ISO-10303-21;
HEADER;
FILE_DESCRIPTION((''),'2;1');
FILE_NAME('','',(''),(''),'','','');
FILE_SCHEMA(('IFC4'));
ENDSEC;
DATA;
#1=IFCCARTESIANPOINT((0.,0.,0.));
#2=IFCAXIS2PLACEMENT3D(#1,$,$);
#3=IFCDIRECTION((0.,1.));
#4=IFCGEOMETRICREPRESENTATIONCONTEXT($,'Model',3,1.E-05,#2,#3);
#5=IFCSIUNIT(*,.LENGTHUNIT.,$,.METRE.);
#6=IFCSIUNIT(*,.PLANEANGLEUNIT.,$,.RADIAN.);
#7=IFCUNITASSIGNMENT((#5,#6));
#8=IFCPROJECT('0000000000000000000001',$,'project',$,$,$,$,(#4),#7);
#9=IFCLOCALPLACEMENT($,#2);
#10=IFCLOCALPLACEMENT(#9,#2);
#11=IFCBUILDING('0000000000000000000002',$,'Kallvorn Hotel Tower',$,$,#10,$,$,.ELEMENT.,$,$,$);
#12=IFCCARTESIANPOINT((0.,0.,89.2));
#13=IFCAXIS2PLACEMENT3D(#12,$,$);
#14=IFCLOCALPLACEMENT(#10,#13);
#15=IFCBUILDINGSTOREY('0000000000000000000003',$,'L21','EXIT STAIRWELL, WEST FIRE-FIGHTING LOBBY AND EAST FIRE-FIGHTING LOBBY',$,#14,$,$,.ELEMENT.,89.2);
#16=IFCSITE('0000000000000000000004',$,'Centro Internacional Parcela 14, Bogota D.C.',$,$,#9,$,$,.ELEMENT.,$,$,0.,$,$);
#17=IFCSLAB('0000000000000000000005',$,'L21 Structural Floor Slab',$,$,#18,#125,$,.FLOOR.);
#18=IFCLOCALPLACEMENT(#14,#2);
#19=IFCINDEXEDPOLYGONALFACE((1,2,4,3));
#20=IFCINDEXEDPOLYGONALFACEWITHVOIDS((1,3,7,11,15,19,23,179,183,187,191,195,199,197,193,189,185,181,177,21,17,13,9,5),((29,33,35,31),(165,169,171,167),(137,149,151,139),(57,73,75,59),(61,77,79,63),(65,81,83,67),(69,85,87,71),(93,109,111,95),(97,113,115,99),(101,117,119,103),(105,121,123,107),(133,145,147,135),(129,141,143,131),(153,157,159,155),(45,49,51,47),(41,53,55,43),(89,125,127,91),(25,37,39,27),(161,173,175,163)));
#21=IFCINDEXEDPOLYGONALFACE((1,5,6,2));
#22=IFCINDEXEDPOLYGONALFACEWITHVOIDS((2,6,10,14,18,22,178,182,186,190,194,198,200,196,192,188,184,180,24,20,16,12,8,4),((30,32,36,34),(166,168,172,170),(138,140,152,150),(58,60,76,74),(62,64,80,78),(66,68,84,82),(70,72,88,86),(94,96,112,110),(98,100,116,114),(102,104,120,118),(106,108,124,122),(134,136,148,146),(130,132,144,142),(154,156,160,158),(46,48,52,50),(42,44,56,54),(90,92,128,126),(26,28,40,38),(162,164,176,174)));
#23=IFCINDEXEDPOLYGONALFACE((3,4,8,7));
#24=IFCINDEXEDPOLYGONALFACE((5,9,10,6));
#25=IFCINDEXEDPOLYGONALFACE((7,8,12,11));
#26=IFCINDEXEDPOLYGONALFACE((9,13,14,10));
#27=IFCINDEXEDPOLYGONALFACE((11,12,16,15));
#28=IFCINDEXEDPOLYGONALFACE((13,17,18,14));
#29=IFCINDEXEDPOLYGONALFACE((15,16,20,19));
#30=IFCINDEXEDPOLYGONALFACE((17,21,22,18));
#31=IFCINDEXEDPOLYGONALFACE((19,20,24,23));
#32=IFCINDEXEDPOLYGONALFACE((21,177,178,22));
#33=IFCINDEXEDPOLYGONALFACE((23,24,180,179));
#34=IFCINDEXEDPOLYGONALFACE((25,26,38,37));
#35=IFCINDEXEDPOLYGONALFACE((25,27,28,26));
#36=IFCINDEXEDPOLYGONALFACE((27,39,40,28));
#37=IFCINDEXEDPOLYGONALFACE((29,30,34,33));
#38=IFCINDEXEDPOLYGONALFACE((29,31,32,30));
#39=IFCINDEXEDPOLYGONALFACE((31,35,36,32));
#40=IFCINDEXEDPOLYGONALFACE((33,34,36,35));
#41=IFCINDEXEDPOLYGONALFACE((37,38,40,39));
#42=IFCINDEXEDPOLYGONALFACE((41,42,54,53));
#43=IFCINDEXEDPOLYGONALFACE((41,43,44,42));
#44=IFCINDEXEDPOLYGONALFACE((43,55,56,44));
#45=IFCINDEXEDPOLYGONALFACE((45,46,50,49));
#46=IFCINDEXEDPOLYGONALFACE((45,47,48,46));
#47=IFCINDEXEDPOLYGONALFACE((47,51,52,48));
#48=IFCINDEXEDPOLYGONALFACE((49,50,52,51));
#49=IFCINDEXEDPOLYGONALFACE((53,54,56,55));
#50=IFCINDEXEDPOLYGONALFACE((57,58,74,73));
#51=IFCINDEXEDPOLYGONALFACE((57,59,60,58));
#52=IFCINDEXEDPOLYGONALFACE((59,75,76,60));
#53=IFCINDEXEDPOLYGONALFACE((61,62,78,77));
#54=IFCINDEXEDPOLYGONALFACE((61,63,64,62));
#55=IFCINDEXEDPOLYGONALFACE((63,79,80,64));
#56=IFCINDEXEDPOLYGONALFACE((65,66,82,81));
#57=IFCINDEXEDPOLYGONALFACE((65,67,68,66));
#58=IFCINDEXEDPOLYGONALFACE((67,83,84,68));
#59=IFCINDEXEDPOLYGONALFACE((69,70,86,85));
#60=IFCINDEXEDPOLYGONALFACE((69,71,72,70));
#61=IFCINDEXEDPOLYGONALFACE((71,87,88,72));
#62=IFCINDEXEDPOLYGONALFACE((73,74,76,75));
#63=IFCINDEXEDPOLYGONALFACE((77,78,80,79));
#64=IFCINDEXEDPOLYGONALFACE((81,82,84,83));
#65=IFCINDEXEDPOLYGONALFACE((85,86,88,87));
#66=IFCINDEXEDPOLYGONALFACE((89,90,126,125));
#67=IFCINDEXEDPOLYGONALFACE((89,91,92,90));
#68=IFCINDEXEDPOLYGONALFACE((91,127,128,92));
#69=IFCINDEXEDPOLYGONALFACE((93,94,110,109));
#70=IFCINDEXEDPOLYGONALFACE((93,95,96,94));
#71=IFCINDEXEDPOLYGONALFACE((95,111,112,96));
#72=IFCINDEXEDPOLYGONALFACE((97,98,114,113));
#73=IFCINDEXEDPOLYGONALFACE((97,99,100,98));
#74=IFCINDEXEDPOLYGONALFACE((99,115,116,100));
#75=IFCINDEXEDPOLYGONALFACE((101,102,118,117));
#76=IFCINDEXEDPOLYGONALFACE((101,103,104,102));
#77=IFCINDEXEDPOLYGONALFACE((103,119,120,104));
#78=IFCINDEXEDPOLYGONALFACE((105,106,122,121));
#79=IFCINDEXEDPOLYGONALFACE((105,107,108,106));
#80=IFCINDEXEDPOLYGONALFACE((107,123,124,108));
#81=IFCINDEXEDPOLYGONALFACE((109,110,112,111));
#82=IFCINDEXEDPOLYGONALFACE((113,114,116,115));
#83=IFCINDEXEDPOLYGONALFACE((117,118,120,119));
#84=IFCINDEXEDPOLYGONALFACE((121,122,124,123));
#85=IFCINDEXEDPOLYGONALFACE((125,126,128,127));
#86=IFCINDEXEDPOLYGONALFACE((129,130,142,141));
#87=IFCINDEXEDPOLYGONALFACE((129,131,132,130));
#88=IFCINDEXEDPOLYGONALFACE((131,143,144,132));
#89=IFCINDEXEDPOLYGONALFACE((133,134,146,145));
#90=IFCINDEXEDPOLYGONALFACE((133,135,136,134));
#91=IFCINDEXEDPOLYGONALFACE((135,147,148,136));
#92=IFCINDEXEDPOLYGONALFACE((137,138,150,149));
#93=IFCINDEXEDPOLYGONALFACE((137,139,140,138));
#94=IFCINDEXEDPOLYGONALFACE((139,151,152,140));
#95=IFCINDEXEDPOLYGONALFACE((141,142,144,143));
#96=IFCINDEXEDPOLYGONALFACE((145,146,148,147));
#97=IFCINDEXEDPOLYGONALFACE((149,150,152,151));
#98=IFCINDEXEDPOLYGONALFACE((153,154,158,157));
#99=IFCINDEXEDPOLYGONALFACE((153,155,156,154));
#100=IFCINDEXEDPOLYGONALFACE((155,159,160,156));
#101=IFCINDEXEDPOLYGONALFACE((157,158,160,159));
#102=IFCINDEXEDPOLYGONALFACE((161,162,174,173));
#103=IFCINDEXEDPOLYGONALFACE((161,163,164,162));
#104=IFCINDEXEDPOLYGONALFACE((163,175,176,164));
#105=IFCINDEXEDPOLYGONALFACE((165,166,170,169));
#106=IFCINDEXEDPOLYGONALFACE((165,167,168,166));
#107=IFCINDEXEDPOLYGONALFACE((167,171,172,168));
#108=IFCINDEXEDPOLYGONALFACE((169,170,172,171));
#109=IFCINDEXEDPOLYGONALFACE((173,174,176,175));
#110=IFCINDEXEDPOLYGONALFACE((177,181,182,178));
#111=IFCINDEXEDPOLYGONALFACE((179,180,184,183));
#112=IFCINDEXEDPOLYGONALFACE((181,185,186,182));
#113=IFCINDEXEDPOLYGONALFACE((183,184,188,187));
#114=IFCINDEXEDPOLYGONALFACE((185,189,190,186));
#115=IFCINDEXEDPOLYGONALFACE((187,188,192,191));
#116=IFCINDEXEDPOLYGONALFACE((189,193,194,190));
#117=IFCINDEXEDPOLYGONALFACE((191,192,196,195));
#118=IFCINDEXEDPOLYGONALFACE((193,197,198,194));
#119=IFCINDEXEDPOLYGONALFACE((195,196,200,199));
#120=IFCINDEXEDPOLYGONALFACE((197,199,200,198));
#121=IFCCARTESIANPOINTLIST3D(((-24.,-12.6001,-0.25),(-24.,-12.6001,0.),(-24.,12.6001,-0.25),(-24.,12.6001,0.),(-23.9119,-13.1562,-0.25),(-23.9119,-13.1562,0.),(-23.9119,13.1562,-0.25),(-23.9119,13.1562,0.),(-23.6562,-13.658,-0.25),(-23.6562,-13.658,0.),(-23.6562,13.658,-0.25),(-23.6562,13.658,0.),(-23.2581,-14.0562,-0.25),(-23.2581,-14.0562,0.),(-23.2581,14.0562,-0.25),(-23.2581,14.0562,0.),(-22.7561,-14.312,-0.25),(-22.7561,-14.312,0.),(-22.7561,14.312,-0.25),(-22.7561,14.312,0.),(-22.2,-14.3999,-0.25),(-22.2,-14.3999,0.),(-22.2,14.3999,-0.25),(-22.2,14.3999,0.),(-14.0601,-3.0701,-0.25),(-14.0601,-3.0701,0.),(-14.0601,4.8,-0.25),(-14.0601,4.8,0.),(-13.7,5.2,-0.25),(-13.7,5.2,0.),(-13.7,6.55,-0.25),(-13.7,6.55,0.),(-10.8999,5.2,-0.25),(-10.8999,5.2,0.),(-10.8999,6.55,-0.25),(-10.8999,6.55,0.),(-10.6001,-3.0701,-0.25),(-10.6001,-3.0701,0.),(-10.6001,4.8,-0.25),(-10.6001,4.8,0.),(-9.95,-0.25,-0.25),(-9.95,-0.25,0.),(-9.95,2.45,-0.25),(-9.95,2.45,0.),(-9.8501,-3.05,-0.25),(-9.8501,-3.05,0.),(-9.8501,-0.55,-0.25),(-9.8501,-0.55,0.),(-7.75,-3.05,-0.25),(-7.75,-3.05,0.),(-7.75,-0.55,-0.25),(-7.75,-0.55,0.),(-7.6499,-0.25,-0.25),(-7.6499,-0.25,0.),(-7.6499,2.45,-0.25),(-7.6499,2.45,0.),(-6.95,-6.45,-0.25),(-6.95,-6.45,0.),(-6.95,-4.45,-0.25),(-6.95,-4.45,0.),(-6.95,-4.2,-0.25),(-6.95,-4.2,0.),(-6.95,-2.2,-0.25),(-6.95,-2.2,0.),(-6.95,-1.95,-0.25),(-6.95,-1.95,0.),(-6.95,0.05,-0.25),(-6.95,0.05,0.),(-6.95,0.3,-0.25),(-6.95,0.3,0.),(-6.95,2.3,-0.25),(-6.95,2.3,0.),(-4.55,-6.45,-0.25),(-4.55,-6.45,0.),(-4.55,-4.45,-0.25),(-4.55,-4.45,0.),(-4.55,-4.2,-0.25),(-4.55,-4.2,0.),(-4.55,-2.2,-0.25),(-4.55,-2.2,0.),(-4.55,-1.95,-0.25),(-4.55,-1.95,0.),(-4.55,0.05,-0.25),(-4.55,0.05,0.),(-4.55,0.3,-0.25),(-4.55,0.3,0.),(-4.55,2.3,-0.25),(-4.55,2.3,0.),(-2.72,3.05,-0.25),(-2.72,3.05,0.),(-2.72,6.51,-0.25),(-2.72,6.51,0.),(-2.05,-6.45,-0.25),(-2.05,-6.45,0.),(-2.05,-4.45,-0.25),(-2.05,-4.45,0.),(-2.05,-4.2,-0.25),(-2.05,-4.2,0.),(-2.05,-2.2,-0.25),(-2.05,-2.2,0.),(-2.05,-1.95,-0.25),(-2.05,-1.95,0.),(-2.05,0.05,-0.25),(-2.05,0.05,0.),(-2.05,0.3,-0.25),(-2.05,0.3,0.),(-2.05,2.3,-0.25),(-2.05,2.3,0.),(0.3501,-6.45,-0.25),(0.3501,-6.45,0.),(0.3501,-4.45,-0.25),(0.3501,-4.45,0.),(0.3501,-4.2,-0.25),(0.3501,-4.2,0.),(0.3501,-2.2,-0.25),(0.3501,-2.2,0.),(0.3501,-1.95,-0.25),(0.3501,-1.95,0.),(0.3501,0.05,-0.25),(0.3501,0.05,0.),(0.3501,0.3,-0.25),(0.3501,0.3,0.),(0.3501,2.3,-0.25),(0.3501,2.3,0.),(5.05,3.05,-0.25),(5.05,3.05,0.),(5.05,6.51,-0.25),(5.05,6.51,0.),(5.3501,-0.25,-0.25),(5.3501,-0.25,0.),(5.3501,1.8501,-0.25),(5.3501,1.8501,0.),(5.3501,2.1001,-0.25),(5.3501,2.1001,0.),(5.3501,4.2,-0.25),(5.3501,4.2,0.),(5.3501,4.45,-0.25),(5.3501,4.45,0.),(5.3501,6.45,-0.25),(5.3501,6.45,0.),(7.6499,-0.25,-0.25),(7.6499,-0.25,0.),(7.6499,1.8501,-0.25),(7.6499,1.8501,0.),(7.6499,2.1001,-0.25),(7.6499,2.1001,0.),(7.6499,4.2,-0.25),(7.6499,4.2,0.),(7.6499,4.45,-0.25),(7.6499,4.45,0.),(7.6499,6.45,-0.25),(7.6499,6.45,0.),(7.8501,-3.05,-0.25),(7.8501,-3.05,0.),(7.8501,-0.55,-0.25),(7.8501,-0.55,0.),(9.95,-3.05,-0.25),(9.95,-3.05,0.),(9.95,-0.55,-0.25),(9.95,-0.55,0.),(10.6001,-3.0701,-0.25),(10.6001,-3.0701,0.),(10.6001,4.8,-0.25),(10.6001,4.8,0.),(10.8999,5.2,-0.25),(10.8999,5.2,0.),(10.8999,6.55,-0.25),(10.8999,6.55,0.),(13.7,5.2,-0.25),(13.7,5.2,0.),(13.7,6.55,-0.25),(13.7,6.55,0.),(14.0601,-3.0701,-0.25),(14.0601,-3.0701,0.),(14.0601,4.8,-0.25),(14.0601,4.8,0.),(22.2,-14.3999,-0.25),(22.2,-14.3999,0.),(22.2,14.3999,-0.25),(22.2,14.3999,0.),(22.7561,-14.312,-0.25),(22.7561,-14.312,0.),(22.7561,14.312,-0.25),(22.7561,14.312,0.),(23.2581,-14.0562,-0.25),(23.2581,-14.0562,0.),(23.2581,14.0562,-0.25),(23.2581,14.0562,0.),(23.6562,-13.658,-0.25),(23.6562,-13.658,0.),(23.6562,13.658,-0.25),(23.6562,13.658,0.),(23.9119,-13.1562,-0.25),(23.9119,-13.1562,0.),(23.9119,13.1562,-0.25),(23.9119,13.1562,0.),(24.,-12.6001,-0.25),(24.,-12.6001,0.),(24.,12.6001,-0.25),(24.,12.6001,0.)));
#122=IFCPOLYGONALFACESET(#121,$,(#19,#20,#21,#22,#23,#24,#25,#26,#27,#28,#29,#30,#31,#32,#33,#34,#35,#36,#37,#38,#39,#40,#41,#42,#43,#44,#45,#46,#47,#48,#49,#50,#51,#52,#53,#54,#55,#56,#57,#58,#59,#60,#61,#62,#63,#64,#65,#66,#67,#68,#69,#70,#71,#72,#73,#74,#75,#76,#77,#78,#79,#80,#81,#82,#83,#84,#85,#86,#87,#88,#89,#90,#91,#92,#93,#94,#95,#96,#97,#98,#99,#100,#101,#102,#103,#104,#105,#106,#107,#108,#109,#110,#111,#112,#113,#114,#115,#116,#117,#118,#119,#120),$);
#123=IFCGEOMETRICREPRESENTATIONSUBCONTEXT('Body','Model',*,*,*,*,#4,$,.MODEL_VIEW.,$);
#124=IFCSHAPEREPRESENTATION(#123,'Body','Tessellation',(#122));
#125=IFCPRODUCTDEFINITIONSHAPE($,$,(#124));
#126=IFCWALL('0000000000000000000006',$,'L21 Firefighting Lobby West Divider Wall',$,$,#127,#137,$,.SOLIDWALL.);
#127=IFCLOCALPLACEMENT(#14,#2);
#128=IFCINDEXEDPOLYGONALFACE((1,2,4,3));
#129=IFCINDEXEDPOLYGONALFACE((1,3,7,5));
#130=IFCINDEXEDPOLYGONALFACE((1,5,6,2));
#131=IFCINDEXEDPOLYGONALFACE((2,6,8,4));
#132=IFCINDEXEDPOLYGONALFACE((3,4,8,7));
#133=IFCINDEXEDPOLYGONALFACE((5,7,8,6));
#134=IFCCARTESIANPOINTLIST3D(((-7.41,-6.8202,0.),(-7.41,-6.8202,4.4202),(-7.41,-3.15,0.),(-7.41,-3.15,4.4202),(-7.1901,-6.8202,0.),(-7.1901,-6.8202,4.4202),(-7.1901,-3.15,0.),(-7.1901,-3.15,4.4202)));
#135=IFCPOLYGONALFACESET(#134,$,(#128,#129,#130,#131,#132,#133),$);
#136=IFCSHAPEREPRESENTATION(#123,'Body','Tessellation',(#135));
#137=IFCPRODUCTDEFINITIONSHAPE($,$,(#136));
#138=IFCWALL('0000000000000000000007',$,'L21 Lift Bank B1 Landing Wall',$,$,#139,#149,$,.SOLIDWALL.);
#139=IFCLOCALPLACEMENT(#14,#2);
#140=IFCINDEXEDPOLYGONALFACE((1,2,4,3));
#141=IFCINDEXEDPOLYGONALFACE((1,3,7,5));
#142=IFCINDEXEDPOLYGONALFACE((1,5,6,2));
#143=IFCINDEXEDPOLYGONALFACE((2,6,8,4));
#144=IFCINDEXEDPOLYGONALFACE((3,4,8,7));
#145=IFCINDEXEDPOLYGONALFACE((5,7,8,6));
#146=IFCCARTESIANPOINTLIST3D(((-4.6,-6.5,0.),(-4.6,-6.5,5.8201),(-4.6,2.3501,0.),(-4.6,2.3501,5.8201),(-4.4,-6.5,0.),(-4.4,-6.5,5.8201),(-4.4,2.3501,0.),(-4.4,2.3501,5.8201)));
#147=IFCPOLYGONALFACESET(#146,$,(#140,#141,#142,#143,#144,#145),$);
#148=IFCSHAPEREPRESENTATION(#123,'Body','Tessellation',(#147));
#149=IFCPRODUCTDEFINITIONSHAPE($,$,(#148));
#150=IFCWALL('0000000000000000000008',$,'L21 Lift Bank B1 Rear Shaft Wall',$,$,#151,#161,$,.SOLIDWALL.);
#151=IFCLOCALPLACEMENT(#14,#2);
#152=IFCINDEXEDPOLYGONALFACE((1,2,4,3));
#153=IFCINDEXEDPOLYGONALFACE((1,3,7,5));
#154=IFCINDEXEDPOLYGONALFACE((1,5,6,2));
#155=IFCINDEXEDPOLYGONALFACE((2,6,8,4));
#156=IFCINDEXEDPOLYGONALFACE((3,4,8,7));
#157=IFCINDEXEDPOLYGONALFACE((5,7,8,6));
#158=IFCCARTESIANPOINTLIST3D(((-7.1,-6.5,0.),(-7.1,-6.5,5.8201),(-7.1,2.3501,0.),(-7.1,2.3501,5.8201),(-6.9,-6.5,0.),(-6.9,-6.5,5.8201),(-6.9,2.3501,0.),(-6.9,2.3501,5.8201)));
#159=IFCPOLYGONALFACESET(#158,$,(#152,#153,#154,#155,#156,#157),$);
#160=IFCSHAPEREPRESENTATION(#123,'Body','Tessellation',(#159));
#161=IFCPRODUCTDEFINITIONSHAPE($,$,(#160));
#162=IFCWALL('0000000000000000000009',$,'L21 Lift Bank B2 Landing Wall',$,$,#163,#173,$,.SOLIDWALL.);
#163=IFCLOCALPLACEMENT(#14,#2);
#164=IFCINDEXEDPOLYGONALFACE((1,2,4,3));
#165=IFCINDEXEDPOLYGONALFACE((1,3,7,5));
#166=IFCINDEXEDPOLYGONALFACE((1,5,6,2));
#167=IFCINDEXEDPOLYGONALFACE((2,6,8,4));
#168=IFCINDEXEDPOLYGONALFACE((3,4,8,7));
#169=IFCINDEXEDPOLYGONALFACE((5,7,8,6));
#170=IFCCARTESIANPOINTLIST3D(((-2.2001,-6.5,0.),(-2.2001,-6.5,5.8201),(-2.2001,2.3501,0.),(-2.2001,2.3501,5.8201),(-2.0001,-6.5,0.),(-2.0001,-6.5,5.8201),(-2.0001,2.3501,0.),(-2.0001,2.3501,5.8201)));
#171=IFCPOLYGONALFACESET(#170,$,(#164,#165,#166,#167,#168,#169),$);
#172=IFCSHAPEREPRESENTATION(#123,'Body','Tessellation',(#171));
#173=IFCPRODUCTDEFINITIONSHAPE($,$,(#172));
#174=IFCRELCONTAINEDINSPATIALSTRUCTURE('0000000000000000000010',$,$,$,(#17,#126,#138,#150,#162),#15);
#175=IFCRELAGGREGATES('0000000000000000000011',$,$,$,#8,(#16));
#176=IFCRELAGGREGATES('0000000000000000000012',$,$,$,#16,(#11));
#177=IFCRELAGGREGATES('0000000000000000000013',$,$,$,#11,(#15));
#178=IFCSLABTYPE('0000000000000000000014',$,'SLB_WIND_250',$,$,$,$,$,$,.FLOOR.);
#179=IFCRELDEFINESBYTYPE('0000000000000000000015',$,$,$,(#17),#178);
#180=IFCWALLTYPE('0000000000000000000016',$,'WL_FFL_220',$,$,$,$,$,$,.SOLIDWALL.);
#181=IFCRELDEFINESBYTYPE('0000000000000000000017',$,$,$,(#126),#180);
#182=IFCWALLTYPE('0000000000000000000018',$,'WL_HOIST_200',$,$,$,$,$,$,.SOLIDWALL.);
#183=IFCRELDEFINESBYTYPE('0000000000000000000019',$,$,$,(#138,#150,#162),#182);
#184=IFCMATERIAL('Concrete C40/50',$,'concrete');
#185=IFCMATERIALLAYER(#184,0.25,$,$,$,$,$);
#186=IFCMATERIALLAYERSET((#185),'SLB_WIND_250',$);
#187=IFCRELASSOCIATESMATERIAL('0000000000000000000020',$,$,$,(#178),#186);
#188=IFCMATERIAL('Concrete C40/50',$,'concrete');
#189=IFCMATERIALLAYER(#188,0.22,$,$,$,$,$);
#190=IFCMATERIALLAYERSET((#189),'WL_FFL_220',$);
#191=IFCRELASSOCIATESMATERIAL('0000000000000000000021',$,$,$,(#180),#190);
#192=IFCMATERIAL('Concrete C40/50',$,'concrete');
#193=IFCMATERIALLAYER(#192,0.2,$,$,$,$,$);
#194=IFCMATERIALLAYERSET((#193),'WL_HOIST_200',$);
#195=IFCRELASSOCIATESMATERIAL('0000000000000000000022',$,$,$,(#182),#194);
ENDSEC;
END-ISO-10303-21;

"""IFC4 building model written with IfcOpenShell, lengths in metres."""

from ifc_helpers import new_model, si_unit, direction, frame, frame_2d, origin, place, context, subcontext, project, spatial, polyline, rectangle, outline, extrude, material, layer, layer_set, type_object, element, save


model = new_model("IFC4")

# Units and contexts
model_context = context("Model", 3, precision=1e-05, world=origin(), true_north=direction((0.0, 1.0)))
body_context = subcontext(model_context, "Body", "Model", "MODEL_VIEW")
ifc_project = project(units=[si_unit("LENGTHUNIT", "METRE"), si_unit("PLANEANGLEUNIT", "RADIAN")], contexts=[model_context])

# Site, building, storey
site_placement = place(None, origin())
site = spatial("IfcSite", under=ifc_project, at=site_placement, Name="Centro Internacional Parcela 14, Bogota D.C.", CompositionType="ELEMENT", RefElevation=0.0)
building_placement = place(site_placement, origin())
building = spatial("IfcBuilding", under=site, at=building_placement, Name="Kallvorn Hotel Tower", CompositionType="ELEMENT")
storey_placement = place(building_placement, frame((0.0, 0.0, 89.2)))
storey = spatial("IfcBuildingStorey", under=building, at=storey_placement, Name="L21", Description="EXIT STAIRWELL, WEST FIRE-FIGHTING LOBBY AND EAST FIRE-FIGHTING LOBBY", CompositionType="ELEMENT", Elevation=89.2)

# Slab
ifc_material_1 = material(Name="Concrete C40/50", Category="concrete")
ifc_layer_1 = layer(ifc_material_1, 0.25)
ifc_layer_set_1 = layer_set([ifc_layer_1], Name="SLB_WIND_250")
slab_type_1 = type_object("IfcSlabType", Name="SLB_WIND_250", PredefinedType="FLOOR", material=ifc_layer_set_1)
slab_1_placement = place(storey_placement, frame((0.0, 0.0, -0.25)))
element("IfcSlab", 1, at=slab_1_placement, inside=storey, type_object=slab_type_1, Name="L21 Structural Floor Slab", PredefinedType="FLOOR", context=body_context, shape_type="SweptSolid", body=[
    extrude(outline(polyline([(22.2, -14.3999), (22.7561, -14.312), (23.2581, -14.0562), (23.6562, -13.658), (23.9119, -13.1562), (24.0, -12.6001), (24.0, 12.6001), (23.9119, 13.1562), (23.6562, 13.658), (23.2581, 14.0562), (22.7561, 14.312), (22.2, 14.3999), (-22.2, 14.3999), (-22.7561, 14.312), (-23.2581, 14.0562), (-23.6562, 13.658), (-23.9119, 13.1562), (-24.0, 12.6001), (-24.0, -12.6001), (-23.9119, -13.1562), (-23.6562, -13.658), (-23.2581, -14.0562), (-22.7561, -14.312), (-22.2, -14.3999), (22.2, -14.3999)]), holes=[polyline([(-10.6001, -3.0701), (-10.6001, 4.8), (-14.0601, 4.8), (-14.0601, -3.0701), (-10.6001, -3.0701)]), polyline([(14.0601, -3.0701), (14.0601, 4.8), (10.6001, 4.8), (10.6001, -3.0701), (14.0601, -3.0701)]), polyline([(-2.72, 3.05), (5.05, 3.05), (5.05, 6.51), (-2.72, 6.51), (-2.72, 3.05)]), polyline([(-6.95, -6.45), (-4.55, -6.45), (-4.55, -4.45), (-6.95, -4.45), (-6.95, -6.45)]), polyline([(-6.95, -4.2), (-4.55, -4.2), (-4.55, -2.2), (-6.95, -2.2), (-6.95, -4.2)]), polyline([(-6.95, -1.95), (-4.55, -1.95), (-4.55, 0.05), (-6.95, 0.05), (-6.95, -1.95)]), polyline([(-6.95, 0.3), (-4.55, 0.3), (-4.55, 2.3), (-6.95, 2.3), (-6.95, 0.3)]), polyline([(-2.05, -6.45), (0.3501, -6.45), (0.3501, -4.45), (-2.05, -4.45), (-2.05, -6.45)]), polyline([(-2.05, -4.2), (0.3501, -4.2), (0.3501, -2.2), (-2.05, -2.2), (-2.05, -4.2)]), polyline([(-2.05, -1.95), (0.3501, -1.95), (0.3501, 0.05), (-2.05, 0.05), (-2.05, -1.95)]), polyline([(-2.05, 0.3), (0.3501, 0.3), (0.3501, 2.3), (-2.05, 2.3), (-2.05, 0.3)]), polyline([(5.3501, -0.25), (7.6499, -0.25), (7.6499, 1.8501), (5.3501, 1.8501), (5.3501, -0.25)]), polyline([(5.3501, 2.1001), (7.6499, 2.1001), (7.6499, 4.2), (5.3501, 4.2), (5.3501, 2.1001)]), polyline([(5.3501, 4.45), (7.6499, 4.45), (7.6499, 6.45), (5.3501, 6.45), (5.3501, 4.45)]), polyline([(-9.8501, -3.05), (-7.75, -3.05), (-7.75, -0.55), (-9.8501, -0.55), (-9.8501, -3.05)]), polyline([(7.8501, -3.05), (9.95, -3.05), (9.95, -0.55), (7.8501, -0.55), (7.8501, -3.05)]), polyline([(-9.95, -0.25), (-7.6499, -0.25), (-7.6499, 2.45), (-9.95, 2.45), (-9.95, -0.25)]), polyline([(-13.7, 5.2), (-10.8999, 5.2), (-10.8999, 6.55), (-13.7, 6.55), (-13.7, 5.2)]), polyline([(10.8999, 5.2), (13.7, 5.2), (13.7, 6.55), (10.8999, 6.55), (10.8999, 5.2)])]), origin(), (0.0, 0.0, 1.0), 0.25),
])

# Walls
ifc_material_2 = material(Name="Concrete C40/50", Category="concrete")
ifc_layer_2 = layer(ifc_material_2, 0.22)
ifc_layer_set_2 = layer_set([ifc_layer_2], Name="WL_FFL_220")
wall_type_1 = type_object("IfcWallType", Name="WL_FFL_220", PredefinedType="SOLIDWALL", material=ifc_layer_set_2)
wall_1_placement = place(storey_placement, frame((-7.3, -6.8201, 0.0), z_axis=(0.0, 0.0, 1.0), x_axis=(0.0, 1.0, 0.0)))
element("IfcWall", 2, at=wall_1_placement, inside=storey, type_object=wall_type_1, Name="L21 Firefighting Lobby West Divider Wall", PredefinedType="SOLIDWALL", context=body_context, shape_type="SweptSolid", body=[
    extrude(rectangle(XDim=3.6702, YDim=0.22, at=frame_2d((1.835, 0.0))), origin(), (0.0, 0.0, 1.0), 4.4202),
])
ifc_material_3 = material(Name="Concrete C40/50", Category="concrete")
ifc_layer_3 = layer(ifc_material_3, 0.2)
ifc_layer_set_3 = layer_set([ifc_layer_3], Name="WL_HOIST_200")
wall_type_2 = type_object("IfcWallType", Name="WL_HOIST_200", PredefinedType="SOLIDWALL", material=ifc_layer_set_3)
for number, where, z_axis, x_axis, name in (
    (3, (-4.5, -6.5, 0.0), (0.0, 0.0, 1.0), (0.0, 1.0, 0.0), "L21 Lift Bank B1 Landing Wall"),
    (4, (-7.0, -6.5, 0.0), (0.0, 0.0, 1.0), (0.0, 1.0, 0.0), "L21 Lift Bank B1 Rear Shaft Wall"),
    (5, (-2.1001, -6.5, 0.0), (0.0, 0.0, 1.0), (0.0, 1.0, 0.0), "L21 Lift Bank B2 Landing Wall"),
):
    element("IfcWall", number, at=place(storey_placement, frame(where, z_axis=z_axis, x_axis=x_axis)), inside=storey, type_object=wall_type_2, Name=name, PredefinedType="SOLIDWALL", context=body_context, shape_type="SweptSolid", body=[
        extrude(rectangle(XDim=8.8501, YDim=0.2, at=frame_2d((4.425, 0.0))), origin(), (0.0, 0.0, 1.0), 5.8201),
    ])

save(model, "model.ifc")
